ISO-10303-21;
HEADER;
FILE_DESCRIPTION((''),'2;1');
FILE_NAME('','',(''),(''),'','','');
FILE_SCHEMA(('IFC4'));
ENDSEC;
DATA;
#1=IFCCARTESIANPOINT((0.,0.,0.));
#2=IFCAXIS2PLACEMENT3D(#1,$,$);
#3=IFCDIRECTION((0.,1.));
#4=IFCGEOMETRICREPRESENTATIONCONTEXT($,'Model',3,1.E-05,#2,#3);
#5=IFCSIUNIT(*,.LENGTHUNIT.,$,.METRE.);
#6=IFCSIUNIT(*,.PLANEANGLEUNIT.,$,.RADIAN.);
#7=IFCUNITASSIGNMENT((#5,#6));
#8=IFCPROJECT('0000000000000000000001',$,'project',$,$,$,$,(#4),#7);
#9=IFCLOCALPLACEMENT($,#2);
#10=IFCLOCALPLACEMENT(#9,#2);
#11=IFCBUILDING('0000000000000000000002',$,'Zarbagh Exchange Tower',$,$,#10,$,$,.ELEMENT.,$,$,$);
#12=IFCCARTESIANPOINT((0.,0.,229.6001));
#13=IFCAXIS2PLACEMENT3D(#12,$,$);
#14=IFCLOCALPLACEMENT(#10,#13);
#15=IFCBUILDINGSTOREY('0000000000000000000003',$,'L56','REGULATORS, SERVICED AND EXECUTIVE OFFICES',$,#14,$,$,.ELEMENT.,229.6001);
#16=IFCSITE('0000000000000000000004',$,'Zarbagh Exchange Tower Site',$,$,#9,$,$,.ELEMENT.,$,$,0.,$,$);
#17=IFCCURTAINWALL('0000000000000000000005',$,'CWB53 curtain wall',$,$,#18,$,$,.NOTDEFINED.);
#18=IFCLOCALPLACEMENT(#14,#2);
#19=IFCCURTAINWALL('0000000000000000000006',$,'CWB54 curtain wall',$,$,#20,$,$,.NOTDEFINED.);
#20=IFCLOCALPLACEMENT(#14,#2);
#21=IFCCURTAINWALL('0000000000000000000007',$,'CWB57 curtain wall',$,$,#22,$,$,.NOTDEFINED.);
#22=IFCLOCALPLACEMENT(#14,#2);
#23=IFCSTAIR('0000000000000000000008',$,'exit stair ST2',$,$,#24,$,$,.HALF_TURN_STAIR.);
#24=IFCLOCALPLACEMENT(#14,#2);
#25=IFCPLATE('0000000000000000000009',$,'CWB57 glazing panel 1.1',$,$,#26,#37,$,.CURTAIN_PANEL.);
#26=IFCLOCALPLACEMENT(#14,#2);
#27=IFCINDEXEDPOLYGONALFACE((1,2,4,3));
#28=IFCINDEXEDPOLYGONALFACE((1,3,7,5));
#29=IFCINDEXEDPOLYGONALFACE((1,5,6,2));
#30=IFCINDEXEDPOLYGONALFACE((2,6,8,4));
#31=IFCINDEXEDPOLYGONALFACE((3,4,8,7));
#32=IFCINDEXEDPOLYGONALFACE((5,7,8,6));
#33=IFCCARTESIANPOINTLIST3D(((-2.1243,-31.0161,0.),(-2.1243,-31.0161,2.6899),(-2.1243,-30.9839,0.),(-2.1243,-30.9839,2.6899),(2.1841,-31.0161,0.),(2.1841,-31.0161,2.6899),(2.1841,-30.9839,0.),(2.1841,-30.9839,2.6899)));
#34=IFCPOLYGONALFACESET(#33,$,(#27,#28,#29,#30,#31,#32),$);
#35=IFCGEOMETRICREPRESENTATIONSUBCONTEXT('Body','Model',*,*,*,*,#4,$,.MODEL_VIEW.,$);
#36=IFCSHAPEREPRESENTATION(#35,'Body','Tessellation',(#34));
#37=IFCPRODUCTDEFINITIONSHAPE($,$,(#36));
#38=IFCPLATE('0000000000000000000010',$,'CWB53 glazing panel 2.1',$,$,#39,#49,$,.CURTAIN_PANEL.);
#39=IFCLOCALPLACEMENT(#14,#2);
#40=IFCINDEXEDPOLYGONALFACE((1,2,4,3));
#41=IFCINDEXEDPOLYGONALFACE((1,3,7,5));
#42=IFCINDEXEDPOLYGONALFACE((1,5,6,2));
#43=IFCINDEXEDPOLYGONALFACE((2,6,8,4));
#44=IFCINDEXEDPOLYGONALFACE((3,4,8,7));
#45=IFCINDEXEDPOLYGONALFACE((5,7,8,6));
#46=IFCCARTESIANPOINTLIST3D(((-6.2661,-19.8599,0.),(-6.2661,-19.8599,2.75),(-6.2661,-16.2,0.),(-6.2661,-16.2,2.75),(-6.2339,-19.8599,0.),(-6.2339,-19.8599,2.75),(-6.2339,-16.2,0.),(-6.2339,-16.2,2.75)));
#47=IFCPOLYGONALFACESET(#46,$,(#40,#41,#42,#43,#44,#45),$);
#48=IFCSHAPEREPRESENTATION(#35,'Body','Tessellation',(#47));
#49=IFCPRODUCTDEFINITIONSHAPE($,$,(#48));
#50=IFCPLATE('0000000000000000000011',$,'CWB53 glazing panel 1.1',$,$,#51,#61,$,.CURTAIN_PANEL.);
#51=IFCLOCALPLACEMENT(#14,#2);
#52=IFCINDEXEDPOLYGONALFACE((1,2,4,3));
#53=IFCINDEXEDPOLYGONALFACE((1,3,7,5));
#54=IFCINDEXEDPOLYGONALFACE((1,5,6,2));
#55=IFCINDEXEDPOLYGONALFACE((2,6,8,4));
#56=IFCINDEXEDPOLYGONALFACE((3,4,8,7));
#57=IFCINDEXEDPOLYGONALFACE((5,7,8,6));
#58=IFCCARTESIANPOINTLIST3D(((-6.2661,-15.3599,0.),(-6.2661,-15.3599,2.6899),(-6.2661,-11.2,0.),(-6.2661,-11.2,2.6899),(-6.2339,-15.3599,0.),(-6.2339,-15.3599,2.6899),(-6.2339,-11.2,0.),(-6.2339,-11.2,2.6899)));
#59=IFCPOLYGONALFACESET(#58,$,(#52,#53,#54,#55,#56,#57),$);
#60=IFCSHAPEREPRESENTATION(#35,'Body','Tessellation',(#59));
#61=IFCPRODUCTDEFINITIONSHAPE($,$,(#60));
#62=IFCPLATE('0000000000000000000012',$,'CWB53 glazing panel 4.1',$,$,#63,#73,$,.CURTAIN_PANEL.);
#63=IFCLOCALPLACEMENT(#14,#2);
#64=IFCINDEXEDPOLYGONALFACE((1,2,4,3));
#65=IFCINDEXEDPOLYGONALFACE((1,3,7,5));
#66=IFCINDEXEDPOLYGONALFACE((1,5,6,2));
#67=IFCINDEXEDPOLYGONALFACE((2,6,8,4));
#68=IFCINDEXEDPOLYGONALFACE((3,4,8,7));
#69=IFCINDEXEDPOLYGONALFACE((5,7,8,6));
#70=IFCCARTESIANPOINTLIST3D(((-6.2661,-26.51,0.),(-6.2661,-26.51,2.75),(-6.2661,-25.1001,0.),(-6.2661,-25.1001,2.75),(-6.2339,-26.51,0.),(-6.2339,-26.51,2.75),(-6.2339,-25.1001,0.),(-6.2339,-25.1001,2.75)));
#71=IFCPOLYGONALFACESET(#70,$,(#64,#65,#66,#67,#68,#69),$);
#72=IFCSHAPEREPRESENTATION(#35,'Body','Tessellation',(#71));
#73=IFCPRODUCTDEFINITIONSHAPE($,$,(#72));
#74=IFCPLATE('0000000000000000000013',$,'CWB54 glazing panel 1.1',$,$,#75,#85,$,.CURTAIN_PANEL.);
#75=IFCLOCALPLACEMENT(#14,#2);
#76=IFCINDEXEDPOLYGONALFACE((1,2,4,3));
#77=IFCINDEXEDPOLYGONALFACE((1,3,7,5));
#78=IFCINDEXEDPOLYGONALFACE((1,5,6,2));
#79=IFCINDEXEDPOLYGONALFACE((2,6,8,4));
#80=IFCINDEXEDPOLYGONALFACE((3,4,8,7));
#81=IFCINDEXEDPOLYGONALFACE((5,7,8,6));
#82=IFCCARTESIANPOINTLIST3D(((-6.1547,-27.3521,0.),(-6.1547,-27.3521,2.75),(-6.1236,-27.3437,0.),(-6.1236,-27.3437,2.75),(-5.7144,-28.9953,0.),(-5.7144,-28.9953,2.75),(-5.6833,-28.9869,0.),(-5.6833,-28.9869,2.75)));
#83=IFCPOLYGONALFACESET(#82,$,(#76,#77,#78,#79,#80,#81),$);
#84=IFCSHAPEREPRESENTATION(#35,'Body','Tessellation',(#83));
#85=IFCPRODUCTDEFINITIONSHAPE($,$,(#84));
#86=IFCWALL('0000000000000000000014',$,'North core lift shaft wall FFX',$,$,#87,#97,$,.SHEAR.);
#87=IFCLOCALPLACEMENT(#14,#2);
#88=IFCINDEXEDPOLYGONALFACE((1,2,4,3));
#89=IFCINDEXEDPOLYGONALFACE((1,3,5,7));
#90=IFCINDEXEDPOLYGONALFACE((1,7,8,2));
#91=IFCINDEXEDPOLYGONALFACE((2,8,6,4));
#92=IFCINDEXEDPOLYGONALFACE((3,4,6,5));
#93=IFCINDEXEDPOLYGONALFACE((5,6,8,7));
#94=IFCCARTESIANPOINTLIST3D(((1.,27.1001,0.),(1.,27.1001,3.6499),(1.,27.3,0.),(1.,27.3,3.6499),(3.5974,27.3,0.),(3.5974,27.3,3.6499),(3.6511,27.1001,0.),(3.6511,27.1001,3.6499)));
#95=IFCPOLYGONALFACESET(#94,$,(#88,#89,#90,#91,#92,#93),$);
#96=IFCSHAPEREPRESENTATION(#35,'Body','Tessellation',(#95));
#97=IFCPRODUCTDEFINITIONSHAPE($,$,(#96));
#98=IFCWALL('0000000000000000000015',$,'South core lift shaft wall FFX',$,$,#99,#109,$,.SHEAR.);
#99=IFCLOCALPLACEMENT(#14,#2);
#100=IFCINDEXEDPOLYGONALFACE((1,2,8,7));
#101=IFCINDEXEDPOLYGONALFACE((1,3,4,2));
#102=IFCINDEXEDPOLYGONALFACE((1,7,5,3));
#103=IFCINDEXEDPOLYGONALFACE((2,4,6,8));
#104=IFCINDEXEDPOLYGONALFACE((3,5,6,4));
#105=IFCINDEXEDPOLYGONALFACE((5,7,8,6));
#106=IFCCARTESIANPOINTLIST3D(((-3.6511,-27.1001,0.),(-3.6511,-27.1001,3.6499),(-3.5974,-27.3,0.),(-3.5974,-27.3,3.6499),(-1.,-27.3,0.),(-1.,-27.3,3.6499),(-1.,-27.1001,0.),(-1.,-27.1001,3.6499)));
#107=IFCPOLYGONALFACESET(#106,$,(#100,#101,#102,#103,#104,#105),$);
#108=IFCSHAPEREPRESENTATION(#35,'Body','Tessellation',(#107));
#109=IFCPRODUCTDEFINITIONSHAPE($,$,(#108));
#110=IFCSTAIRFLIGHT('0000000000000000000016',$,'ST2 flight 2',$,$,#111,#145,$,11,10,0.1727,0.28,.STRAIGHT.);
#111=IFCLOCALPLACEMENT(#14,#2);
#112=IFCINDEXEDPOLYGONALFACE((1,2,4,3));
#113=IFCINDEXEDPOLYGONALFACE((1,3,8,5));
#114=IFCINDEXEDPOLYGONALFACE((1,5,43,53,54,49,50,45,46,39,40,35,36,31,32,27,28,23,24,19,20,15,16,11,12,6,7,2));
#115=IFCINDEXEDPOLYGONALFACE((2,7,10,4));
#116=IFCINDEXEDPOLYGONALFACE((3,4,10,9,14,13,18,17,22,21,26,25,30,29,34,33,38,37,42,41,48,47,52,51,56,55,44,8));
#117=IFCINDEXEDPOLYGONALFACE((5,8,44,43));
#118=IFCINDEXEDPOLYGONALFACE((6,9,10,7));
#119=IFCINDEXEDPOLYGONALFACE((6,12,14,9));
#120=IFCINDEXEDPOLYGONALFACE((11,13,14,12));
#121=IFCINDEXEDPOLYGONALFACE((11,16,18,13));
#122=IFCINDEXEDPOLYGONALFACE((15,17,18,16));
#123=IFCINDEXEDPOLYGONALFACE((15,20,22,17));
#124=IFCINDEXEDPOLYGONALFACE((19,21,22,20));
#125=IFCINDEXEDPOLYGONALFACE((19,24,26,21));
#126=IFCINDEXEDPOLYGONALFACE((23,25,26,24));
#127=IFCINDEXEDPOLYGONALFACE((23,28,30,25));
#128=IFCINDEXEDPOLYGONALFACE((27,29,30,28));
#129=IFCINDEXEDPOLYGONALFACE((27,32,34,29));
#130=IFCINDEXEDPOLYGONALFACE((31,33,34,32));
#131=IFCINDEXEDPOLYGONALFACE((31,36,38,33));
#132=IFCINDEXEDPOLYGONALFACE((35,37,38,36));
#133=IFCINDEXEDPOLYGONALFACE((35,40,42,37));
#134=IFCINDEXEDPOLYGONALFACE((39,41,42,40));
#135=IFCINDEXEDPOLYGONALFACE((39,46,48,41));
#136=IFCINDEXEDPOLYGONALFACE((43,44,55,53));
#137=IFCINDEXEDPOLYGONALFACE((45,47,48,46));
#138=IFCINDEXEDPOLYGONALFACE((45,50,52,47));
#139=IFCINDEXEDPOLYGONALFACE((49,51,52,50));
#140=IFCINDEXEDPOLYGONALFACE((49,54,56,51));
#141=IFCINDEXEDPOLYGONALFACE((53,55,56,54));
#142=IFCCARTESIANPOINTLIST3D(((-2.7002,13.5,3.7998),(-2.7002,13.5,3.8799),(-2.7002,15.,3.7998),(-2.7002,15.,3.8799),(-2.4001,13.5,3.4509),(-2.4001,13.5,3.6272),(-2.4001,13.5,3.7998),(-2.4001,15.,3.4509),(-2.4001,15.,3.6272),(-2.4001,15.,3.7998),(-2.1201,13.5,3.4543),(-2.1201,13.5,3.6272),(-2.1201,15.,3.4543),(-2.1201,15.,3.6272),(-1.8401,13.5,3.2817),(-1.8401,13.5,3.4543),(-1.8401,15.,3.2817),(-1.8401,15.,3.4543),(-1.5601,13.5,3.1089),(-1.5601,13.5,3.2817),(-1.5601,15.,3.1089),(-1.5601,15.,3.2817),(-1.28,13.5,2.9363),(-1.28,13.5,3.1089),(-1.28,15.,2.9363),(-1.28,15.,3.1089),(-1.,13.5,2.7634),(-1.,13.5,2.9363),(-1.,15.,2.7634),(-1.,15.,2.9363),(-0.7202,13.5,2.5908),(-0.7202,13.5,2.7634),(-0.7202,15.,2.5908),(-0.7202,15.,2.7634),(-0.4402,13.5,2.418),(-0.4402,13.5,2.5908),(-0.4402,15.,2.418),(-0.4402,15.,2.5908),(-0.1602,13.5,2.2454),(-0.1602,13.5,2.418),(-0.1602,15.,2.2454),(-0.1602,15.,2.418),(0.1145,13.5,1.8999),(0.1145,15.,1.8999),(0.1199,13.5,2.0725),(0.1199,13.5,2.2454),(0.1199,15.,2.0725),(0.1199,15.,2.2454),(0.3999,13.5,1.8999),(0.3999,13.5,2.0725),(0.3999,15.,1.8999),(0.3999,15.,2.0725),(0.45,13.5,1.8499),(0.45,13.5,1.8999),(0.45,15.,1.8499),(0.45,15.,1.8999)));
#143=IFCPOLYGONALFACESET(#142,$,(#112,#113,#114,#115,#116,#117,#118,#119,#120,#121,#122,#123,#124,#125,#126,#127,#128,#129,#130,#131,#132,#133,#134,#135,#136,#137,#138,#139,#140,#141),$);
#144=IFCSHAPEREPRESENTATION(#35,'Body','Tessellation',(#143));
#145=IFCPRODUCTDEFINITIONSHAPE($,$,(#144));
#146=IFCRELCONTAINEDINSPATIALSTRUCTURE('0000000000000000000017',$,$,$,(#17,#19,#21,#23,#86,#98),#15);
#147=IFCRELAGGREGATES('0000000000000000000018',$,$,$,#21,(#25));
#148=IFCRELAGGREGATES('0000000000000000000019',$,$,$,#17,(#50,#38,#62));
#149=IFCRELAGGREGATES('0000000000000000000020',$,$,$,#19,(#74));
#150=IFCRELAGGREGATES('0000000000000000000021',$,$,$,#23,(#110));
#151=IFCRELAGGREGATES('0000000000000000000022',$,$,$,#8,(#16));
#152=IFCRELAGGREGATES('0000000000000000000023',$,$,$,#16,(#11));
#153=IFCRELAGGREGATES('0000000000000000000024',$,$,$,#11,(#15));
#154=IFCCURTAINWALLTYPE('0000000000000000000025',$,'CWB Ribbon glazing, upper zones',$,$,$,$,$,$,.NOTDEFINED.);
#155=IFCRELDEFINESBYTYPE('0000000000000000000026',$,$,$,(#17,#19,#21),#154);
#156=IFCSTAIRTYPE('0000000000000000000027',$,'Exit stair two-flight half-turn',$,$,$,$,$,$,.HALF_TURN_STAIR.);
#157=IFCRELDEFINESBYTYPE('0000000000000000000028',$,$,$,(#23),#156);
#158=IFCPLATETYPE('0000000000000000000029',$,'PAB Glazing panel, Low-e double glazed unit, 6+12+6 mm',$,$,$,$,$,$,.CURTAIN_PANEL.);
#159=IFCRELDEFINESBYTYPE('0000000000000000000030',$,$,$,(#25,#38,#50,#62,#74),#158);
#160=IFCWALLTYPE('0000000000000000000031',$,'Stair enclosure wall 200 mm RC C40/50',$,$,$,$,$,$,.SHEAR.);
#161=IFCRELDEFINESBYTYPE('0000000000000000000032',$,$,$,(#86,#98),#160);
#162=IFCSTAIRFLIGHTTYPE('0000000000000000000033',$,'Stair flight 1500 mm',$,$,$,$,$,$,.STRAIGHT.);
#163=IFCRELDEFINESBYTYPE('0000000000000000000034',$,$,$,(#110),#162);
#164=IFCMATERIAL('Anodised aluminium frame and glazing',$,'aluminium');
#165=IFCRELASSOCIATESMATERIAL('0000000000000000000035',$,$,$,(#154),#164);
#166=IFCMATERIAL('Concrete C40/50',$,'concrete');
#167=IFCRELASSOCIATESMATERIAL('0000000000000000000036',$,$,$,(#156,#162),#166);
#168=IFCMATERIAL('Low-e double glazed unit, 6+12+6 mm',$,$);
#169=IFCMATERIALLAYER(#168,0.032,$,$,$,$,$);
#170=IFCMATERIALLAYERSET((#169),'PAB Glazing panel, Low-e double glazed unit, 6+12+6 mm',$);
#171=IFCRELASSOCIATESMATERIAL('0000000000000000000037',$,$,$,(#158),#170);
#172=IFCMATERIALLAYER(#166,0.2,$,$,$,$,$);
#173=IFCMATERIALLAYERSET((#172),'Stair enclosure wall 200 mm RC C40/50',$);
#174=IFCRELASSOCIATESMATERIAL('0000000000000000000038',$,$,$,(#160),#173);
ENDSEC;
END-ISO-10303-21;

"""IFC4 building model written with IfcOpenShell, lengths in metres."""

from ifc_helpers import new_model, si_unit, direction, frame, origin, place, context, subcontext, project, spatial, polyline, outline, extrude, source, transform, mapped, material, layer, layer_set, type_object, element, aggregate, save


model = new_model("IFC4")

# Units and contexts
model_context = context("Model", 3, precision=1e-05, world=origin(), true_north=direction((0.0, 1.0)))
body_context = subcontext(model_context, "Body", "Model", "MODEL_VIEW")
ifc_project = project(units=[si_unit("LENGTHUNIT", "METRE"), si_unit("PLANEANGLEUNIT", "RADIAN")], contexts=[model_context])

# Site, building, storey
site_placement = place(None, origin())
site = spatial("IfcSite", under=ifc_project, at=site_placement, Name="Zarbagh Exchange Tower Site", CompositionType="ELEMENT", RefElevation=0.0)
building_placement = place(site_placement, origin())
building = spatial("IfcBuilding", under=site, at=building_placement, Name="Zarbagh Exchange Tower", CompositionType="ELEMENT")
storey_placement = place(building_placement, frame((0.0, 0.0, 229.6001)))
storey = spatial("IfcBuildingStorey", under=building, at=storey_placement, Name="L56", Description="REGULATORS, SERVICED AND EXECUTIVE OFFICES", CompositionType="ELEMENT", Elevation=229.6001)

# Curtain wall
ifc_material_1 = material(Name="Anodised aluminium frame and glazing", Category="aluminium")
curtain_wall_type = type_object("IfcCurtainWallType", Name="CWB Ribbon glazing, upper zones", PredefinedType="NOTDEFINED", material=ifc_material_1)
curtain_wall_1_placement = place(storey_placement, origin())
curtain_wall_1 = element("IfcCurtainWall", 1, at=curtain_wall_1_placement, inside=storey, type_object=curtain_wall_type, Name="CWB53 curtain wall", PredefinedType="NOTDEFINED")
placement = place(storey_placement, origin())

# Curtain wall
curtain_wall_2_placement = place(storey_placement, origin())
curtain_wall_2 = element("IfcCurtainWall", 2, at=curtain_wall_2_placement, inside=storey, type_object=curtain_wall_type, Name="CWB54 curtain wall", PredefinedType="NOTDEFINED")

# Curtain wall
curtain_wall_3_placement = place(storey_placement, origin())
curtain_wall_3 = element("IfcCurtainWall", 3, at=curtain_wall_3_placement, inside=storey, type_object=curtain_wall_type, Name="CWB57 curtain wall", PredefinedType="NOTDEFINED")

# Stair
ifc_material_2 = material(Name="Concrete C40/50", Category="concrete")
stair_type = type_object("IfcStairType", Name="Exit stair two-flight half-turn", PredefinedType="HALF_TURN_STAIR", material=ifc_material_2)
stair_1_placement = place(storey_placement, origin())
stair_1 = element("IfcStair", 4, at=stair_1_placement, inside=storey, type_object=stair_type, Name="exit stair ST2", PredefinedType="HALF_TURN_STAIR")

# Shared definitions
ifc_material_3 = material(Name="Low-e double glazed unit, 6+12+6 mm")
ifc_layer_1 = layer(ifc_material_3, 0.032)
ifc_layer_set_1 = layer_set([ifc_layer_1], Name="PAB Glazing panel, Low-e double glazed unit, 6+12+6 mm")
plate_type = type_object("IfcPlateType", Name="PAB Glazing panel, Low-e double glazed unit, 6+12+6 mm", PredefinedType="CURTAIN_PANEL", material=ifc_layer_set_1)

# Plates
shared_shape_1 = source(origin(), body_context, "Body", "SweptSolid", [
    extrude(outline(polyline([(0.0, -0.0161), (4.3083, -0.0161), (4.3083, 0.0161), (0.0, 0.0161), (0.0, -0.0161)])), origin(), (0.0, 0.0, 1.0), 2.6899),
])
plate_1 = element("IfcPlate", 5, at=placement, type_object=plate_type, Name="CWB57 glazing panel 1.1", PredefinedType="CURTAIN_PANEL", context=body_context, shape_type="MappedRepresentation", body=[
    mapped(shared_shape_1, transform((-2.1243, -31.0, 0.0), x_axis=(1.0, 0.0, 0.0), y_axis=(0.0, 1.0, 0.0), z_axis=(0.0, 0.0, 1.0))),
])
aggregate(curtain_wall_3, [plate_1])
shared_shape_2 = source(origin(), body_context, "Body", "SweptSolid", [
    extrude(outline(polyline([(0.0, -0.0161), (3.6599, -0.0161), (3.6599, 0.0161), (0.0, 0.0161), (0.0, -0.0161)])), origin(), (0.0, 0.0, 1.0), 2.75),
])
plate_2 = element("IfcPlate", 6, at=placement, type_object=plate_type, Name="CWB53 glazing panel 2.1", PredefinedType="CURTAIN_PANEL", context=body_context, shape_type="MappedRepresentation", body=[
    mapped(shared_shape_2, transform((-6.25, -16.2, 0.0), x_axis=(0.0, -1.0, 0.0), y_axis=(1.0, 0.0, 0.0), z_axis=(0.0, 0.0, 1.0))),
])
shared_shape_3 = source(origin(), body_context, "Body", "SweptSolid", [
    extrude(outline(polyline([(0.0, -0.0161), (4.1599, -0.0161), (4.1599, 0.0161), (0.0, 0.0161), (0.0, -0.0161)])), origin(), (0.0, 0.0, 1.0), 2.6899),
])
plate_3 = element("IfcPlate", 7, at=placement, type_object=plate_type, Name="CWB53 glazing panel 1.1", PredefinedType="CURTAIN_PANEL", context=body_context, shape_type="MappedRepresentation", body=[
    mapped(shared_shape_3, transform((-6.25, -11.2, 0.0), x_axis=(0.0, -1.0, 0.0), y_axis=(1.0, 0.0, 0.0), z_axis=(0.0, 0.0, 1.0))),
])
shared_shape_4 = source(origin(), body_context, "Body", "SweptSolid", [
    extrude(outline(polyline([(0.0, -0.0161), (1.4099, -0.0161), (1.4099, 0.0161), (0.0, 0.0161), (0.0, -0.0161)])), origin(), (0.0, 0.0, 1.0), 2.75),
])
plate_4 = element("IfcPlate", 8, at=placement, type_object=plate_type, Name="CWB53 glazing panel 4.1", PredefinedType="CURTAIN_PANEL", context=body_context, shape_type="MappedRepresentation", body=[
    mapped(shared_shape_4, transform((-6.25, -25.1001, 0.0), x_axis=(0.0, -1.0, 0.0), y_axis=(1.0, 0.0, 0.0), z_axis=(0.0, 0.0, 1.0))),
])
aggregate(curtain_wall_1, [plate_3, plate_2, plate_4])
shared_shape_5 = source(origin(), body_context, "Body", "SweptSolid", [
    extrude(outline(polyline([(0.0, -0.0161), (1.7012, -0.0161), (1.7012, 0.0161), (0.0, 0.0161), (0.0, -0.0161)])), origin(), (0.0, 0.0, 1.0), 2.75),
])
plate_5 = element("IfcPlate", 9, at=placement, type_object=plate_type, Name="CWB54 glazing panel 1.1", PredefinedType="CURTAIN_PANEL", context=body_context, shape_type="MappedRepresentation", body=[
    mapped(shared_shape_5, transform((-6.1392, -27.3479, 0.0), x_axis=(0.258825, -0.965924, 0.0), y_axis=(0.965924, 0.258825, 0.0), z_axis=(0.0, 0.0, 1.0))),
])
aggregate(curtain_wall_2, [plate_5])

# Walls
ifc_layer_2 = layer(ifc_material_2, 0.2)
ifc_layer_set_2 = layer_set([ifc_layer_2], Name="Stair enclosure wall 200 mm RC C40/50")
wall_type = type_object("IfcWallType", Name="Stair enclosure wall 200 mm RC C40/50", PredefinedType="SHEAR", material=ifc_layer_set_2)
wall_1_placement = place(storey_placement, origin())
element("IfcWall", 10, at=wall_1_placement, inside=storey, type_object=wall_type, Name="North core lift shaft wall FFX", PredefinedType="SHEAR", context=body_context, shape_type="SweptSolid", body=[
    extrude(outline(polyline([(1.0, 27.1001), (3.6511, 27.1001), (3.5974, 27.3), (1.0, 27.3), (1.0, 27.1001)])), origin(), (0.0, 0.0, 1.0), 3.6499),
])
wall_2_placement = place(storey_placement, origin())
element("IfcWall", 11, at=wall_2_placement, inside=storey, type_object=wall_type, Name="South core lift shaft wall FFX", PredefinedType="SHEAR", context=body_context, shape_type="SweptSolid", body=[
    extrude(outline(polyline([(-1.0, -27.1001), (-3.6511, -27.1001), (-3.5974, -27.3), (-1.0, -27.3), (-1.0, -27.1001)])), origin(), (0.0, 0.0, 1.0), 3.6499),
])

# Stair flight
stair_flight_type = type_object("IfcStairFlightType", Name="Stair flight 1500 mm", PredefinedType="STRAIGHT", material=ifc_material_2)
stair_flight_placement = place(storey_placement, frame((0.3999, 14.25, 1.8999), z_axis=(0.0, 0.0, 1.0), x_axis=(-1.0, 0.0, 0.0)))
stair_flight = element("IfcStairFlight", 12, at=stair_flight_placement, type_object=stair_flight_type, Name="ST2 flight 2", NumberOfRisers=11, NumberOfTreads=10, PredefinedType="STRAIGHT", RiserHeight=0.1727, TreadLength=0.28, context=body_context, shape_type="SweptSolid", body=[
    extrude(outline(polyline([(-0.05, -0.05), (-0.05, 0.0), (0.0, 0.0), (0.0, 0.1726), (0.28, 0.1726), (0.28, 0.3455), (0.5601, 0.3455), (0.5601, 0.5181), (0.8401, 0.5181), (0.8401, 0.6909), (1.1201, 0.6909), (1.1201, 0.8635), (1.3999, 0.8635), (1.3999, 1.0364), (1.6799, 1.0364), (1.6799, 1.209), (1.96, 1.209), (1.96, 1.3818), (2.24, 1.3818), (2.24, 1.5544), (2.52, 1.5544), (2.52, 1.7273), (2.8, 1.7273), (2.8, 1.8999), (3.1001, 1.98), (3.1001, 1.8999), (2.8, 1.551), (0.2854, 0.0), (-0.05, -0.05)])), frame((0.0, 0.75, 0.0), z_axis=(0.0, -1.0, 0.0), x_axis=(1.0, 0.0, 0.0)), (0.0, 0.0, 1.0), 1.5),
])
aggregate(stair_1, [stair_flight])

save(model, "model.ifc")
